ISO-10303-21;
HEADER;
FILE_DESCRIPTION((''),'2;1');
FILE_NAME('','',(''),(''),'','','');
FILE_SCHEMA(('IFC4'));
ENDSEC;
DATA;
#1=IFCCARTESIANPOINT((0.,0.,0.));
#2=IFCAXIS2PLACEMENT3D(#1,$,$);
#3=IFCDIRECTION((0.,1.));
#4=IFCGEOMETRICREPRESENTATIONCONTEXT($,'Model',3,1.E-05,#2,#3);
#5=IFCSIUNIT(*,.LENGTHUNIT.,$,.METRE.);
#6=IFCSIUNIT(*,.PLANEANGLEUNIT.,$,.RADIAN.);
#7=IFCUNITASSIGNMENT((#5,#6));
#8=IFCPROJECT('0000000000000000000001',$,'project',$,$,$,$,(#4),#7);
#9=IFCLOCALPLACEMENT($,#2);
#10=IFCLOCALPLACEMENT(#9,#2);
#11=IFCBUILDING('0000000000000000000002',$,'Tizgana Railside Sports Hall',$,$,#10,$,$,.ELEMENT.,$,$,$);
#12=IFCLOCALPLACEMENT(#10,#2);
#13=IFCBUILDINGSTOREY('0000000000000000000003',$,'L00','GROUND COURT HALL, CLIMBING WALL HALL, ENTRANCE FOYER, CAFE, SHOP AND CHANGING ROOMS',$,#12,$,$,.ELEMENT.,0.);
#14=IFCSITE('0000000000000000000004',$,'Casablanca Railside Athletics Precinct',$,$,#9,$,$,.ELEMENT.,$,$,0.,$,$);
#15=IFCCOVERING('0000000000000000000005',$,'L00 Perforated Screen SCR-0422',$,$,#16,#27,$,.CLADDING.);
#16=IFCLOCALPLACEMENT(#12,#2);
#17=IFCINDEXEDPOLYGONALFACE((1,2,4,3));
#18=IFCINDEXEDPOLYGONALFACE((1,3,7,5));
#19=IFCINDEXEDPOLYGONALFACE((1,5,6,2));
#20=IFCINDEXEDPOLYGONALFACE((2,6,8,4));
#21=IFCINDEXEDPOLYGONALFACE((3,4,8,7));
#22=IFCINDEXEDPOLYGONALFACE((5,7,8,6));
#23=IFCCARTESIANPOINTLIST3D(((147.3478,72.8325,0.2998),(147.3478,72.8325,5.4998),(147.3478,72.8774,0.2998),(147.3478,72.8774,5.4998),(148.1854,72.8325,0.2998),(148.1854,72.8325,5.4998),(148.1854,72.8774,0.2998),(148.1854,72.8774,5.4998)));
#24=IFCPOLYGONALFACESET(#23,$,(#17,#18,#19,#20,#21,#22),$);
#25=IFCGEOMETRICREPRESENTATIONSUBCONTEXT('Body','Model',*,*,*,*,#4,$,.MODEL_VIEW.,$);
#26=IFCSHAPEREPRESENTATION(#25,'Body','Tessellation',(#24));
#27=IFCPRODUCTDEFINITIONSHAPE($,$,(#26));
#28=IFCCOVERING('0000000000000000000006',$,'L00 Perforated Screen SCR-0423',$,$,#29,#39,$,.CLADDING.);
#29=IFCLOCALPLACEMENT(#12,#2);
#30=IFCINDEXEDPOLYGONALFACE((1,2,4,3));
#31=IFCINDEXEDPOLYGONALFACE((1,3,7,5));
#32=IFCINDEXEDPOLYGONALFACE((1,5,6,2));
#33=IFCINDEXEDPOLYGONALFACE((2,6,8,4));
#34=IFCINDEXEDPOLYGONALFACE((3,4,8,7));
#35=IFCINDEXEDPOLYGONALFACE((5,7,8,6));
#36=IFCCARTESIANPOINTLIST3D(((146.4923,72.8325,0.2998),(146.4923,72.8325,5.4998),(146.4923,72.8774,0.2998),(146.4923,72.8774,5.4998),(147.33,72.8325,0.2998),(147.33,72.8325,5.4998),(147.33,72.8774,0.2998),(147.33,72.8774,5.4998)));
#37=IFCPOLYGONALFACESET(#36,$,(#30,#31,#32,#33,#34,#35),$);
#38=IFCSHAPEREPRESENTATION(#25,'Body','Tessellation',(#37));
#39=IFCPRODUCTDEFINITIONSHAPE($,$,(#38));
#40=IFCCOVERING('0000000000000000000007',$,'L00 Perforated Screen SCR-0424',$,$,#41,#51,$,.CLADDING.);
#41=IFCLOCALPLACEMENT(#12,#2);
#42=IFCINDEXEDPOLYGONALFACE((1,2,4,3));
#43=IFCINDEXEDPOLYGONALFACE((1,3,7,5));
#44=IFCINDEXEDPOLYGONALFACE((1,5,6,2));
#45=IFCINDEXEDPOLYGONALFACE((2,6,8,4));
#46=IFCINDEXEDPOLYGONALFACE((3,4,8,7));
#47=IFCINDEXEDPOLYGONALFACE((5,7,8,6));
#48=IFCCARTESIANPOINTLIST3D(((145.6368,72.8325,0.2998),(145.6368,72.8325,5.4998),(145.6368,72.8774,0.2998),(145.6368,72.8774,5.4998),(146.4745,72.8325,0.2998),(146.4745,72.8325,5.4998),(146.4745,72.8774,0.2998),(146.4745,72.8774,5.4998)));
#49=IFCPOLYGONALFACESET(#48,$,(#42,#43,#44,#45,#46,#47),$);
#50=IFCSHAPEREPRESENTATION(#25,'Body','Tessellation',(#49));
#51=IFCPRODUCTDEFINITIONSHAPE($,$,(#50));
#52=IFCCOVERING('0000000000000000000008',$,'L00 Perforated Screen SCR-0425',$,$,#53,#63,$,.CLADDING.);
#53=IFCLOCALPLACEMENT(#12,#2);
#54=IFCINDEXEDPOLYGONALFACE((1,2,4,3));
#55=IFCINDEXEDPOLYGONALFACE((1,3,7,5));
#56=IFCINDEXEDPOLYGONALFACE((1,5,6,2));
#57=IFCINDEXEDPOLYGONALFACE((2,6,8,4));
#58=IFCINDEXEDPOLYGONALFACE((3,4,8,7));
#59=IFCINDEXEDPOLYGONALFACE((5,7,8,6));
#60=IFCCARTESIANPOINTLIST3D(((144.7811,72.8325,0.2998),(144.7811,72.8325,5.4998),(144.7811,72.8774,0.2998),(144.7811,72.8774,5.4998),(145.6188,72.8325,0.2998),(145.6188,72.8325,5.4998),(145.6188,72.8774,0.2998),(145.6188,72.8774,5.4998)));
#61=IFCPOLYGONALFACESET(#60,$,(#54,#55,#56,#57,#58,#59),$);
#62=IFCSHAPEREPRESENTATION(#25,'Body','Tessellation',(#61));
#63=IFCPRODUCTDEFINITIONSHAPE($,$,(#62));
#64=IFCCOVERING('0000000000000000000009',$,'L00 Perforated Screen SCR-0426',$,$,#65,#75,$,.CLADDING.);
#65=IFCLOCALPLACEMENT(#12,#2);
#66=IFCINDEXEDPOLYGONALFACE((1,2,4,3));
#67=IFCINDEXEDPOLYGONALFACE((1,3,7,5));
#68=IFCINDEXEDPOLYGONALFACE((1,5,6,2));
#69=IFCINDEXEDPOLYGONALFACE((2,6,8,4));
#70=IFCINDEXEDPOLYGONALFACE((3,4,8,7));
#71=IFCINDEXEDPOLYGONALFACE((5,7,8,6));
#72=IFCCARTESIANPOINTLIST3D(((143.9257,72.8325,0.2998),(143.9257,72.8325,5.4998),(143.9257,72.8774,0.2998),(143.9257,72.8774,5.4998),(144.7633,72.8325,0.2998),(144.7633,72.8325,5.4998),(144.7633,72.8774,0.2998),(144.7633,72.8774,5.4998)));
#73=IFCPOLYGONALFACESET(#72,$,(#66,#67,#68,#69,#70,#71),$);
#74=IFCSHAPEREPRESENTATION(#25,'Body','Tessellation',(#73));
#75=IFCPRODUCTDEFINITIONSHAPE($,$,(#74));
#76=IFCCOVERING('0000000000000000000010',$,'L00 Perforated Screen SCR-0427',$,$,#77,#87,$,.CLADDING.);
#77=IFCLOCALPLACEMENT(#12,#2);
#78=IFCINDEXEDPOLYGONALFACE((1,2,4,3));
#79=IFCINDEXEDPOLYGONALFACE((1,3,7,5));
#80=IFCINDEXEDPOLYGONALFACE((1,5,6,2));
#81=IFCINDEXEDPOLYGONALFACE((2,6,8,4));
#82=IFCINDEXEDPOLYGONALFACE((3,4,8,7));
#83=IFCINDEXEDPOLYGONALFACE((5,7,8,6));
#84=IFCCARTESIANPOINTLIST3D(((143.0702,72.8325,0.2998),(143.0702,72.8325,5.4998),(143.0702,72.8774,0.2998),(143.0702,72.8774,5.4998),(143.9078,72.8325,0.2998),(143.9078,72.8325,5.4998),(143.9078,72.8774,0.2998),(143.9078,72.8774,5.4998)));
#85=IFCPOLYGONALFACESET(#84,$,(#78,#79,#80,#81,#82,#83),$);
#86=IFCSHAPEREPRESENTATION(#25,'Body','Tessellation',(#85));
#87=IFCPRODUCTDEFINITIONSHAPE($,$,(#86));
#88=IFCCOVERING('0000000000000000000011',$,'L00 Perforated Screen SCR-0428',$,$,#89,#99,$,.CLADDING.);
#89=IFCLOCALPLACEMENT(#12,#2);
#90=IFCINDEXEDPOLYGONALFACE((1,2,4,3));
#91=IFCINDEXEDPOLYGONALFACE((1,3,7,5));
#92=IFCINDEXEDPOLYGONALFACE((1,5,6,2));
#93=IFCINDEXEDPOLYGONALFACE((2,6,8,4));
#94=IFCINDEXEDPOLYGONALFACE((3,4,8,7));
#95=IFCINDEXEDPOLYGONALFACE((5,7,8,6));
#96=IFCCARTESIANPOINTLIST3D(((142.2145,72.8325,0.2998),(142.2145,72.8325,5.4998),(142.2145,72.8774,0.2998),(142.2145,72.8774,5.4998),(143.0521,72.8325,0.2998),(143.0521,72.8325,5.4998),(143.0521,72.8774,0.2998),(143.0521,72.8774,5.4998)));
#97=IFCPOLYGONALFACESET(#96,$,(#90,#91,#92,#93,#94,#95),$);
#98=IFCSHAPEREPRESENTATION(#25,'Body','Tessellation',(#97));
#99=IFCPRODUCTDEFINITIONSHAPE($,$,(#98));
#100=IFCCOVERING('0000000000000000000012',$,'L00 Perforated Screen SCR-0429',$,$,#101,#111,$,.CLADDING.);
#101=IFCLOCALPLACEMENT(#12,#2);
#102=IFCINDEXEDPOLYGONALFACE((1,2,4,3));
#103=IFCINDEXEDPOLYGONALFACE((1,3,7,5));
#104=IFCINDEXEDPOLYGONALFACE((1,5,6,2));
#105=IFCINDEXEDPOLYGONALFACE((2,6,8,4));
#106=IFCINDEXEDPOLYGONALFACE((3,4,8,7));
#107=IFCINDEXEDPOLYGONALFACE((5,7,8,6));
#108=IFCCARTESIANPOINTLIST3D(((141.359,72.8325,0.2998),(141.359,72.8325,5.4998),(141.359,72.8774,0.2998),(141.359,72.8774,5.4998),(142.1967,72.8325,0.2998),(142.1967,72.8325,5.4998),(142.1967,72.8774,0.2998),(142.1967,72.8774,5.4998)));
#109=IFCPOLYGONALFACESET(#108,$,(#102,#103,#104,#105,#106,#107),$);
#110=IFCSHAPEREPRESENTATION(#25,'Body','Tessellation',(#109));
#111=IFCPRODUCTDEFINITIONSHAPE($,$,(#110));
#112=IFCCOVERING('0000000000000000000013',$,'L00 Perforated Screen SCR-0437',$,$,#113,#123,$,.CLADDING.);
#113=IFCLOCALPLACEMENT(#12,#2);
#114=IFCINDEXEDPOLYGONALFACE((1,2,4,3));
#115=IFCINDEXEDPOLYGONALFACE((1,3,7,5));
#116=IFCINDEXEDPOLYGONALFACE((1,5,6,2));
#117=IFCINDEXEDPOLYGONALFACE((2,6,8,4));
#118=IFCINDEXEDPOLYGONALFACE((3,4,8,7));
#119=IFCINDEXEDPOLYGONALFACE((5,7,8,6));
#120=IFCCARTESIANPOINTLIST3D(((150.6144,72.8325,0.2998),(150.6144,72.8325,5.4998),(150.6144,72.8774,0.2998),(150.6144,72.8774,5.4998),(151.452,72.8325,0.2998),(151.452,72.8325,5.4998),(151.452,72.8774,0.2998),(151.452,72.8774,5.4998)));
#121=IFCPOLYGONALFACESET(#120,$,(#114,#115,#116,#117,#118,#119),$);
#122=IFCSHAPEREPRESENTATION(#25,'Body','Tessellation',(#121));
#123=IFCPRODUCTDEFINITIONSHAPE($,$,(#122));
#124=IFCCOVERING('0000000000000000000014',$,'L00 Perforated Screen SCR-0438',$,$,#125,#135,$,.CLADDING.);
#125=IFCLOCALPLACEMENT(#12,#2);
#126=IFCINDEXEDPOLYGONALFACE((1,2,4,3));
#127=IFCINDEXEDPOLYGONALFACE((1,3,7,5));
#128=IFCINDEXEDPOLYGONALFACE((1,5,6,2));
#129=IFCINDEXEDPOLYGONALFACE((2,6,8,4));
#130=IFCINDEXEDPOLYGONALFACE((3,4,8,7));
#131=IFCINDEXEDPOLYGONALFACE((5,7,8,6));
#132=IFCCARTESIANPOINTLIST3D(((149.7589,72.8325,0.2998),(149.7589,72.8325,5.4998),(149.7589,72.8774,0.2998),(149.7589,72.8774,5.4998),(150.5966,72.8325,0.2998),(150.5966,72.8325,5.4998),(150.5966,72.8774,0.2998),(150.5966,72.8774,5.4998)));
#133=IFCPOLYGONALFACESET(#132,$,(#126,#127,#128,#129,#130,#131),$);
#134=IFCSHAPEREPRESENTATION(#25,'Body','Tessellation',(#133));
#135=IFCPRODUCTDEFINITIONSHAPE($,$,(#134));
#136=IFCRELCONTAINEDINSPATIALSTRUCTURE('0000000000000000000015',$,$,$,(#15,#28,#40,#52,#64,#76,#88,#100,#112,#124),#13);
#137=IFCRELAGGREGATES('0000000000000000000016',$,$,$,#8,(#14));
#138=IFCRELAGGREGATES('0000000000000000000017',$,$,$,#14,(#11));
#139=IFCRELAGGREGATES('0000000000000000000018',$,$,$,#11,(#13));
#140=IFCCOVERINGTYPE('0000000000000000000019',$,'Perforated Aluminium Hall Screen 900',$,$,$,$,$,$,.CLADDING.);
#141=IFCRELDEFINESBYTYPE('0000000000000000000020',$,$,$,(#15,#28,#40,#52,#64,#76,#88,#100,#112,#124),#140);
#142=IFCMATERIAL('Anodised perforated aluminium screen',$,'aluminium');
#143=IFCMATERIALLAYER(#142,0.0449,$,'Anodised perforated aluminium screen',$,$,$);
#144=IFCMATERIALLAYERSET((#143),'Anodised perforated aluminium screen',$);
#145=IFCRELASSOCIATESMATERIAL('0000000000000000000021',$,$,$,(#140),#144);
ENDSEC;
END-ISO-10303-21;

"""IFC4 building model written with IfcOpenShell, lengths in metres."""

from ifc_helpers import new_model, si_unit, direction, frame, origin, origin_2d, place, context, subcontext, project, spatial, rectangle, extrude, material, layer, layer_set, type_object, element, save


model = new_model("IFC4")

# Units and contexts
model_context = context("Model", 3, precision=1e-05, world=origin(), true_north=direction((0.0, 1.0)))
body_context = subcontext(model_context, "Body", "Model", "MODEL_VIEW")
ifc_project = project(units=[si_unit("LENGTHUNIT", "METRE"), si_unit("PLANEANGLEUNIT", "RADIAN")], contexts=[model_context])

# Site, building, storey
site_placement = place(None, origin())
site = spatial("IfcSite", under=ifc_project, at=site_placement, Name="Casablanca Railside Athletics Precinct", CompositionType="ELEMENT", RefElevation=0.0)
building_placement = place(site_placement, origin())
building = spatial("IfcBuilding", under=site, at=building_placement, Name="Tizgana Railside Sports Hall", CompositionType="ELEMENT")
storey_placement = place(building_placement, origin())
storey = spatial("IfcBuildingStorey", under=building, at=storey_placement, Name="L00", Description="GROUND COURT HALL, CLIMBING WALL HALL, ENTRANCE FOYER, CAFE, SHOP AND CHANGING ROOMS", CompositionType="ELEMENT", Elevation=0.0)

# Coverings
ifc_material_1 = material(Name="Anodised perforated aluminium screen", Category="aluminium")
ifc_layer_1 = layer(ifc_material_1, 0.0449, Name="Anodised perforated aluminium screen")
ifc_layer_set_1 = layer_set([ifc_layer_1], Name="Anodised perforated aluminium screen")
covering_type = type_object("IfcCoveringType", Name="Perforated Aluminium Hall Screen 900", PredefinedType="CLADDING", material=ifc_layer_set_1)
for number, where, z_axis, x_axis, name in (
    (1, (147.7666, 72.855, 0.2998), (0.0, 0.0, 1.0), (-1.0, 0.0, 0.0), "L00 Perforated Screen SCR-0422"),
    (2, (146.9111, 72.855, 0.2998), (0.0, 0.0, 1.0), (-1.0, 0.0, 0.0), "L00 Perforated Screen SCR-0423"),
    (3, (146.0557, 72.855, 0.2998), (0.0, 0.0, 1.0), (-1.0, 0.0, 0.0), "L00 Perforated Screen SCR-0424"),
    (4, (145.2, 72.855, 0.2998), (0.0, 0.0, 1.0), (-1.0, 0.0, 0.0), "L00 Perforated Screen SCR-0425"),
    (5, (144.3445, 72.855, 0.2998), (0.0, 0.0, 1.0), (-1.0, 0.0, 0.0), "L00 Perforated Screen SCR-0426"),
    (6, (143.489, 72.855, 0.2998), (0.0, 0.0, 1.0), (-1.0, 0.0, 0.0), "L00 Perforated Screen SCR-0427"),
    (7, (142.6333, 72.855, 0.2998), (0.0, 0.0, 1.0), (-1.0, 0.0, 0.0), "L00 Perforated Screen SCR-0428"),
    (8, (141.7778, 72.855, 0.2998), (0.0, 0.0, 1.0), (-1.0, 0.0, 0.0), "L00 Perforated Screen SCR-0429"),
    (9, (151.0332, 72.855, 0.2998), (0.0, 0.0, 1.0), (-1.0, 0.0, 0.0), "L00 Perforated Screen SCR-0437"),
    (10, (150.1777, 72.855, 0.2998), (0.0, 0.0, 1.0), (-1.0, 0.0, 0.0), "L00 Perforated Screen SCR-0438"),
):
    element("IfcCovering", number, at=place(storey_placement, frame(where, z_axis=z_axis, x_axis=x_axis)), inside=storey, type_object=covering_type, Name=name, PredefinedType="CLADDING", context=body_context, shape_type="SweptSolid", body=[
        extrude(rectangle(XDim=0.8376, YDim=0.0449, at=origin_2d()), origin(), (0.0, 0.0, 1.0), 5.2),
    ])

save(model, "model.ifc")
